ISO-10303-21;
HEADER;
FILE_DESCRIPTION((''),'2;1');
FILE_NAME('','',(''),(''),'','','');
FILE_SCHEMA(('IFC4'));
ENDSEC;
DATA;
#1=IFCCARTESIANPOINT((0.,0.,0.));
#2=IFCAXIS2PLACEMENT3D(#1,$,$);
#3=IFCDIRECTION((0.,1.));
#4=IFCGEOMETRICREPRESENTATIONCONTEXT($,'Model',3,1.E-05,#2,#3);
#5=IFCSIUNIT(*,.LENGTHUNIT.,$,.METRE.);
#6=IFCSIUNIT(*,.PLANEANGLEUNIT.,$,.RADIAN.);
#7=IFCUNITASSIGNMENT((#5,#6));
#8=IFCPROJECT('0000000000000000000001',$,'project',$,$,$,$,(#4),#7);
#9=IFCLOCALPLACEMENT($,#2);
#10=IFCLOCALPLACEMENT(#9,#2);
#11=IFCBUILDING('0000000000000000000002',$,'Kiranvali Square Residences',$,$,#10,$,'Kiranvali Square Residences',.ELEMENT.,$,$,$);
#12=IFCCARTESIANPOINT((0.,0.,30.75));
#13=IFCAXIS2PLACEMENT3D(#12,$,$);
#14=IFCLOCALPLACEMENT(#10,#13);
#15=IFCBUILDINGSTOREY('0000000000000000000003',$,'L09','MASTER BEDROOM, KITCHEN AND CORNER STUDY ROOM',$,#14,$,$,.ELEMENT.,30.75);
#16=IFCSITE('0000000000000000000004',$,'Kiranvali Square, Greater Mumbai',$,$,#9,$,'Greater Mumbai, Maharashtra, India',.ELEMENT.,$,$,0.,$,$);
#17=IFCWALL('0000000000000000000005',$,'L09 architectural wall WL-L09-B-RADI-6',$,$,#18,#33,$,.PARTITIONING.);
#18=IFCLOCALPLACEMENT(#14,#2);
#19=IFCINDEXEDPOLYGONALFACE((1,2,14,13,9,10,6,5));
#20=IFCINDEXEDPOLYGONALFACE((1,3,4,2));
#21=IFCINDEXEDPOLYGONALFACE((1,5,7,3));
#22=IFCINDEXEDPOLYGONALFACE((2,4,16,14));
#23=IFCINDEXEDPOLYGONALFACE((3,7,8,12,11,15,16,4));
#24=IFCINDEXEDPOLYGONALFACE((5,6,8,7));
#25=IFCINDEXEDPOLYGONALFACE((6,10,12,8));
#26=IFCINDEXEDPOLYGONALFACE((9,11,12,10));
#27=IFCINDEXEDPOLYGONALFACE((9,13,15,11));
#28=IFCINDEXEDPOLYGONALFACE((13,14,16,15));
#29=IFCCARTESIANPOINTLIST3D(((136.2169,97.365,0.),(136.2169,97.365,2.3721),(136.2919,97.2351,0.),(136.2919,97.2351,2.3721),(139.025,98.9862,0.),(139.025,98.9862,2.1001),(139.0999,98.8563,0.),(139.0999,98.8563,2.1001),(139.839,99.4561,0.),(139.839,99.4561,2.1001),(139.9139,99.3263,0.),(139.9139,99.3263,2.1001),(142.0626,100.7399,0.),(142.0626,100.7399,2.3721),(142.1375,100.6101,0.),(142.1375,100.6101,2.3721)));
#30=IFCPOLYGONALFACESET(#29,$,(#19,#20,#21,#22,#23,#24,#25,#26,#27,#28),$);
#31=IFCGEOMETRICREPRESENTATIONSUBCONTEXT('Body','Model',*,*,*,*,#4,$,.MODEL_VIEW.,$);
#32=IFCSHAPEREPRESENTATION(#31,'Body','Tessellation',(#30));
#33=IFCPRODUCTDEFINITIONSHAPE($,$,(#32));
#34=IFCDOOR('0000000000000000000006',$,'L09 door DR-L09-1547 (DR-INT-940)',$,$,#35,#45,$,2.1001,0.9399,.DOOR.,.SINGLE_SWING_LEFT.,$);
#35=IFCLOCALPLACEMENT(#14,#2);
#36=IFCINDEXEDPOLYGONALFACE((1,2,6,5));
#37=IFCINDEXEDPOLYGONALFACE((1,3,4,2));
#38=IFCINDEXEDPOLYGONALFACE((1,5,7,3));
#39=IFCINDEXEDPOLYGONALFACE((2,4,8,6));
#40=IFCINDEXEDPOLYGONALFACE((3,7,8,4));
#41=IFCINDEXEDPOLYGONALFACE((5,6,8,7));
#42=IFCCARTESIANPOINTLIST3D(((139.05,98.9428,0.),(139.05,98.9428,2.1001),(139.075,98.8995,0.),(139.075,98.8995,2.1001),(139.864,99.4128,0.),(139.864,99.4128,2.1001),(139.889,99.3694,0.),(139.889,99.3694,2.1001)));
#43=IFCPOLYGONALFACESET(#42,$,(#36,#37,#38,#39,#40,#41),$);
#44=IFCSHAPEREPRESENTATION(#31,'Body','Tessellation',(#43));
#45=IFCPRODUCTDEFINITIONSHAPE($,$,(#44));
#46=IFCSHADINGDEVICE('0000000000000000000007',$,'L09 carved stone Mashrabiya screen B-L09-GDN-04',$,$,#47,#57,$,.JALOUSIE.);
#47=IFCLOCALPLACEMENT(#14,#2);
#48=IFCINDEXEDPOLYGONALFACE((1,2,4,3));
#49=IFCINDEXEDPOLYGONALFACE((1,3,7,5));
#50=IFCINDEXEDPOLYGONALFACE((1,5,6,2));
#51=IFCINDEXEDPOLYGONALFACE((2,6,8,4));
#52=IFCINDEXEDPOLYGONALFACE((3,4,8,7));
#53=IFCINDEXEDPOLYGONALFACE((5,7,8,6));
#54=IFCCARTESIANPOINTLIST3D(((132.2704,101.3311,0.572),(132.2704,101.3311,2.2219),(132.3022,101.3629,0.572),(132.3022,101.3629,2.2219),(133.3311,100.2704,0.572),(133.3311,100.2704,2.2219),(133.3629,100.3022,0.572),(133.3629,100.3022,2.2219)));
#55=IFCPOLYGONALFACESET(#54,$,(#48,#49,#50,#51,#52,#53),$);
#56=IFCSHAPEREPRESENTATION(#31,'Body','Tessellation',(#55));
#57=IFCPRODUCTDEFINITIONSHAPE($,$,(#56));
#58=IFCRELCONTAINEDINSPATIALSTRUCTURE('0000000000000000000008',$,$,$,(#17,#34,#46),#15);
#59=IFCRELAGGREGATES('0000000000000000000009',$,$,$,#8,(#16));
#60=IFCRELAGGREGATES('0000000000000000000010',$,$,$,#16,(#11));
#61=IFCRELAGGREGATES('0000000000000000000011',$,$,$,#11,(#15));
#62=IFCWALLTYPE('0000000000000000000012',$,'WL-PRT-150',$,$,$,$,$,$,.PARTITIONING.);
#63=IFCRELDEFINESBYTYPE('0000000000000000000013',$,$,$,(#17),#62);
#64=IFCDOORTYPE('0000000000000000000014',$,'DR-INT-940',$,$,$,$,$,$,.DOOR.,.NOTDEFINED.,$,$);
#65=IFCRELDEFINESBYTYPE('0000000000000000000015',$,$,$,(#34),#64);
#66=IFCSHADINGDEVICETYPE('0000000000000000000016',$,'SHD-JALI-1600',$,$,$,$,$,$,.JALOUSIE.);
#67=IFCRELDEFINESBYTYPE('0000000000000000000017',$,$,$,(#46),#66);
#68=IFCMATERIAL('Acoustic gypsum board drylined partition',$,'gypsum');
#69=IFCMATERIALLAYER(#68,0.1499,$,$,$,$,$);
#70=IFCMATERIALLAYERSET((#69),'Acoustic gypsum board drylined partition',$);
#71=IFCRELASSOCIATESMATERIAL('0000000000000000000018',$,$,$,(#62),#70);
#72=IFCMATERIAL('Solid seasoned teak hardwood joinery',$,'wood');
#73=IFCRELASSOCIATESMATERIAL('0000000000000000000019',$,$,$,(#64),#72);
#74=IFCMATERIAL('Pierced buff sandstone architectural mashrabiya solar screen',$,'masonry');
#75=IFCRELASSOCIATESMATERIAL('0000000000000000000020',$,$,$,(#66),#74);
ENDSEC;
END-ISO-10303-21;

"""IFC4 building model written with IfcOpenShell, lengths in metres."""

from ifc_helpers import new_model, si_unit, direction, frame, frame_2d, origin, origin_2d, place, context, subcontext, project, spatial, rectangle, extrude, material, layer, layer_set, type_object, element, fill, save


model = new_model("IFC4")

# Units and contexts
model_context = context("Model", 3, precision=1e-05, world=origin(), true_north=direction((0.0, 1.0)))
body_context = subcontext(model_context, "Body", "Model", "MODEL_VIEW")
ifc_project = project(units=[si_unit("LENGTHUNIT", "METRE"), si_unit("PLANEANGLEUNIT", "RADIAN")], contexts=[model_context])

# Site, building, storey
site_placement = place(None, origin())
site = spatial("IfcSite", under=ifc_project, at=site_placement, Name="Kiranvali Square, Greater Mumbai", LongName="Greater Mumbai, Maharashtra, India", CompositionType="ELEMENT", RefElevation=0.0)
building_placement = place(site_placement, origin())
building = spatial("IfcBuilding", under=site, at=building_placement, Name="Kiranvali Square Residences", LongName="Kiranvali Square Residences", CompositionType="ELEMENT")
storey_placement = place(building_placement, frame((0.0, 0.0, 30.75)))
storey = spatial("IfcBuildingStorey", under=building, at=storey_placement, Name="L09", Description="MASTER BEDROOM, KITCHEN AND CORNER STUDY ROOM", CompositionType="ELEMENT", Elevation=30.75)

# Wall, opening, door
ifc_material_1 = material(Name="Acoustic gypsum board drylined partition", Category="gypsum")
ifc_layer_1 = layer(ifc_material_1, 0.1499)
ifc_layer_set_1 = layer_set([ifc_layer_1], Name="Acoustic gypsum board drylined partition")
wall_type_1 = type_object("IfcWallType", Name="WL-PRT-150", PredefinedType="PARTITIONING", material=ifc_layer_set_1)
wall_1_placement = place(storey_placement, frame((136.2544, 97.3, 0.0), z_axis=(0.0, 0.0, 1.0), x_axis=(0.866027, 0.499998, 0.0)))
wall_1 = element("IfcWall", 1, at=wall_1_placement, inside=storey, type_object=wall_type_1, Name="L09 architectural wall WL-L09-B-RADI-6", PredefinedType="PARTITIONING", context=body_context, shape_type="SweptSolid", body=[
    extrude(rectangle(XDim=6.75, YDim=0.1499, at=frame_2d((3.375, 0.0))), origin(), (0.0, 0.0, 1.0), 2.3721),
])
opening_1_placement = place(wall_1_placement, frame((3.2424, 0.0, 0.0)))
opening_1 = element("IfcOpeningElement", 2, at=opening_1_placement, cuts=wall_1, PredefinedType="OPENING", context=body_context, shape_type="SweptSolid", body=[
    extrude(rectangle(XDim=0.9399, YDim=2.1001, at=frame_2d((0.47, 1.05))), frame((0.0, 0.085, 0.0), z_axis=(0.0, -1.0, 0.0), x_axis=(1.0, 0.0, 0.0)), (0.0, 0.0, 1.0), 0.1699),
])
ifc_material_2 = material(Name="Solid seasoned teak hardwood joinery", Category="wood")
door_type_1 = type_object("IfcDoorType", Name="DR-INT-940", OperationType="NOTDEFINED", PredefinedType="DOOR", material=ifc_material_2)
door_1_placement = place(opening_1_placement, origin())
door_1 = element("IfcDoor", 3, at=door_1_placement, inside=storey, type_object=door_type_1, Name="L09 door DR-L09-1547 (DR-INT-940)", OperationType="SINGLE_SWING_LEFT", OverallHeight=2.1001, OverallWidth=0.9399, PredefinedType="DOOR", context=body_context, shape_type="SweptSolid", body=[
    extrude(rectangle(XDim=0.9399, YDim=2.1001, at=frame_2d((0.47, 1.05))), frame((0.0, 0.0249, 0.0), z_axis=(0.0, -1.0, 0.0), x_axis=(1.0, 0.0, 0.0)), (0.0, 0.0, 1.0), 0.05),
])
fill(opening_1, door_1)

# Shading device
ifc_material_3 = material(Name="Pierced buff sandstone architectural mashrabiya solar screen", Category="masonry")
shading_device_type = type_object("IfcShadingDeviceType", Name="SHD-JALI-1600", PredefinedType="JALOUSIE", material=ifc_material_3)
shading_device_placement = place(storey_placement, frame((132.8167, 100.8167, 0.572), z_axis=(0.0, 0.0, 1.0), x_axis=(0.707107, -0.707107, 0.0)))
element("IfcShadingDevice", 4, at=shading_device_placement, inside=storey, type_object=shading_device_type, Name="L09 carved stone Mashrabiya screen B-L09-GDN-04", PredefinedType="JALOUSIE", context=body_context, shape_type="SweptSolid", body=[
    extrude(rectangle(XDim=1.5, YDim=0.0449, at=origin_2d()), origin(), (0.0, 0.0, 1.0), 1.6499),
])

save(model, "model.ifc")
